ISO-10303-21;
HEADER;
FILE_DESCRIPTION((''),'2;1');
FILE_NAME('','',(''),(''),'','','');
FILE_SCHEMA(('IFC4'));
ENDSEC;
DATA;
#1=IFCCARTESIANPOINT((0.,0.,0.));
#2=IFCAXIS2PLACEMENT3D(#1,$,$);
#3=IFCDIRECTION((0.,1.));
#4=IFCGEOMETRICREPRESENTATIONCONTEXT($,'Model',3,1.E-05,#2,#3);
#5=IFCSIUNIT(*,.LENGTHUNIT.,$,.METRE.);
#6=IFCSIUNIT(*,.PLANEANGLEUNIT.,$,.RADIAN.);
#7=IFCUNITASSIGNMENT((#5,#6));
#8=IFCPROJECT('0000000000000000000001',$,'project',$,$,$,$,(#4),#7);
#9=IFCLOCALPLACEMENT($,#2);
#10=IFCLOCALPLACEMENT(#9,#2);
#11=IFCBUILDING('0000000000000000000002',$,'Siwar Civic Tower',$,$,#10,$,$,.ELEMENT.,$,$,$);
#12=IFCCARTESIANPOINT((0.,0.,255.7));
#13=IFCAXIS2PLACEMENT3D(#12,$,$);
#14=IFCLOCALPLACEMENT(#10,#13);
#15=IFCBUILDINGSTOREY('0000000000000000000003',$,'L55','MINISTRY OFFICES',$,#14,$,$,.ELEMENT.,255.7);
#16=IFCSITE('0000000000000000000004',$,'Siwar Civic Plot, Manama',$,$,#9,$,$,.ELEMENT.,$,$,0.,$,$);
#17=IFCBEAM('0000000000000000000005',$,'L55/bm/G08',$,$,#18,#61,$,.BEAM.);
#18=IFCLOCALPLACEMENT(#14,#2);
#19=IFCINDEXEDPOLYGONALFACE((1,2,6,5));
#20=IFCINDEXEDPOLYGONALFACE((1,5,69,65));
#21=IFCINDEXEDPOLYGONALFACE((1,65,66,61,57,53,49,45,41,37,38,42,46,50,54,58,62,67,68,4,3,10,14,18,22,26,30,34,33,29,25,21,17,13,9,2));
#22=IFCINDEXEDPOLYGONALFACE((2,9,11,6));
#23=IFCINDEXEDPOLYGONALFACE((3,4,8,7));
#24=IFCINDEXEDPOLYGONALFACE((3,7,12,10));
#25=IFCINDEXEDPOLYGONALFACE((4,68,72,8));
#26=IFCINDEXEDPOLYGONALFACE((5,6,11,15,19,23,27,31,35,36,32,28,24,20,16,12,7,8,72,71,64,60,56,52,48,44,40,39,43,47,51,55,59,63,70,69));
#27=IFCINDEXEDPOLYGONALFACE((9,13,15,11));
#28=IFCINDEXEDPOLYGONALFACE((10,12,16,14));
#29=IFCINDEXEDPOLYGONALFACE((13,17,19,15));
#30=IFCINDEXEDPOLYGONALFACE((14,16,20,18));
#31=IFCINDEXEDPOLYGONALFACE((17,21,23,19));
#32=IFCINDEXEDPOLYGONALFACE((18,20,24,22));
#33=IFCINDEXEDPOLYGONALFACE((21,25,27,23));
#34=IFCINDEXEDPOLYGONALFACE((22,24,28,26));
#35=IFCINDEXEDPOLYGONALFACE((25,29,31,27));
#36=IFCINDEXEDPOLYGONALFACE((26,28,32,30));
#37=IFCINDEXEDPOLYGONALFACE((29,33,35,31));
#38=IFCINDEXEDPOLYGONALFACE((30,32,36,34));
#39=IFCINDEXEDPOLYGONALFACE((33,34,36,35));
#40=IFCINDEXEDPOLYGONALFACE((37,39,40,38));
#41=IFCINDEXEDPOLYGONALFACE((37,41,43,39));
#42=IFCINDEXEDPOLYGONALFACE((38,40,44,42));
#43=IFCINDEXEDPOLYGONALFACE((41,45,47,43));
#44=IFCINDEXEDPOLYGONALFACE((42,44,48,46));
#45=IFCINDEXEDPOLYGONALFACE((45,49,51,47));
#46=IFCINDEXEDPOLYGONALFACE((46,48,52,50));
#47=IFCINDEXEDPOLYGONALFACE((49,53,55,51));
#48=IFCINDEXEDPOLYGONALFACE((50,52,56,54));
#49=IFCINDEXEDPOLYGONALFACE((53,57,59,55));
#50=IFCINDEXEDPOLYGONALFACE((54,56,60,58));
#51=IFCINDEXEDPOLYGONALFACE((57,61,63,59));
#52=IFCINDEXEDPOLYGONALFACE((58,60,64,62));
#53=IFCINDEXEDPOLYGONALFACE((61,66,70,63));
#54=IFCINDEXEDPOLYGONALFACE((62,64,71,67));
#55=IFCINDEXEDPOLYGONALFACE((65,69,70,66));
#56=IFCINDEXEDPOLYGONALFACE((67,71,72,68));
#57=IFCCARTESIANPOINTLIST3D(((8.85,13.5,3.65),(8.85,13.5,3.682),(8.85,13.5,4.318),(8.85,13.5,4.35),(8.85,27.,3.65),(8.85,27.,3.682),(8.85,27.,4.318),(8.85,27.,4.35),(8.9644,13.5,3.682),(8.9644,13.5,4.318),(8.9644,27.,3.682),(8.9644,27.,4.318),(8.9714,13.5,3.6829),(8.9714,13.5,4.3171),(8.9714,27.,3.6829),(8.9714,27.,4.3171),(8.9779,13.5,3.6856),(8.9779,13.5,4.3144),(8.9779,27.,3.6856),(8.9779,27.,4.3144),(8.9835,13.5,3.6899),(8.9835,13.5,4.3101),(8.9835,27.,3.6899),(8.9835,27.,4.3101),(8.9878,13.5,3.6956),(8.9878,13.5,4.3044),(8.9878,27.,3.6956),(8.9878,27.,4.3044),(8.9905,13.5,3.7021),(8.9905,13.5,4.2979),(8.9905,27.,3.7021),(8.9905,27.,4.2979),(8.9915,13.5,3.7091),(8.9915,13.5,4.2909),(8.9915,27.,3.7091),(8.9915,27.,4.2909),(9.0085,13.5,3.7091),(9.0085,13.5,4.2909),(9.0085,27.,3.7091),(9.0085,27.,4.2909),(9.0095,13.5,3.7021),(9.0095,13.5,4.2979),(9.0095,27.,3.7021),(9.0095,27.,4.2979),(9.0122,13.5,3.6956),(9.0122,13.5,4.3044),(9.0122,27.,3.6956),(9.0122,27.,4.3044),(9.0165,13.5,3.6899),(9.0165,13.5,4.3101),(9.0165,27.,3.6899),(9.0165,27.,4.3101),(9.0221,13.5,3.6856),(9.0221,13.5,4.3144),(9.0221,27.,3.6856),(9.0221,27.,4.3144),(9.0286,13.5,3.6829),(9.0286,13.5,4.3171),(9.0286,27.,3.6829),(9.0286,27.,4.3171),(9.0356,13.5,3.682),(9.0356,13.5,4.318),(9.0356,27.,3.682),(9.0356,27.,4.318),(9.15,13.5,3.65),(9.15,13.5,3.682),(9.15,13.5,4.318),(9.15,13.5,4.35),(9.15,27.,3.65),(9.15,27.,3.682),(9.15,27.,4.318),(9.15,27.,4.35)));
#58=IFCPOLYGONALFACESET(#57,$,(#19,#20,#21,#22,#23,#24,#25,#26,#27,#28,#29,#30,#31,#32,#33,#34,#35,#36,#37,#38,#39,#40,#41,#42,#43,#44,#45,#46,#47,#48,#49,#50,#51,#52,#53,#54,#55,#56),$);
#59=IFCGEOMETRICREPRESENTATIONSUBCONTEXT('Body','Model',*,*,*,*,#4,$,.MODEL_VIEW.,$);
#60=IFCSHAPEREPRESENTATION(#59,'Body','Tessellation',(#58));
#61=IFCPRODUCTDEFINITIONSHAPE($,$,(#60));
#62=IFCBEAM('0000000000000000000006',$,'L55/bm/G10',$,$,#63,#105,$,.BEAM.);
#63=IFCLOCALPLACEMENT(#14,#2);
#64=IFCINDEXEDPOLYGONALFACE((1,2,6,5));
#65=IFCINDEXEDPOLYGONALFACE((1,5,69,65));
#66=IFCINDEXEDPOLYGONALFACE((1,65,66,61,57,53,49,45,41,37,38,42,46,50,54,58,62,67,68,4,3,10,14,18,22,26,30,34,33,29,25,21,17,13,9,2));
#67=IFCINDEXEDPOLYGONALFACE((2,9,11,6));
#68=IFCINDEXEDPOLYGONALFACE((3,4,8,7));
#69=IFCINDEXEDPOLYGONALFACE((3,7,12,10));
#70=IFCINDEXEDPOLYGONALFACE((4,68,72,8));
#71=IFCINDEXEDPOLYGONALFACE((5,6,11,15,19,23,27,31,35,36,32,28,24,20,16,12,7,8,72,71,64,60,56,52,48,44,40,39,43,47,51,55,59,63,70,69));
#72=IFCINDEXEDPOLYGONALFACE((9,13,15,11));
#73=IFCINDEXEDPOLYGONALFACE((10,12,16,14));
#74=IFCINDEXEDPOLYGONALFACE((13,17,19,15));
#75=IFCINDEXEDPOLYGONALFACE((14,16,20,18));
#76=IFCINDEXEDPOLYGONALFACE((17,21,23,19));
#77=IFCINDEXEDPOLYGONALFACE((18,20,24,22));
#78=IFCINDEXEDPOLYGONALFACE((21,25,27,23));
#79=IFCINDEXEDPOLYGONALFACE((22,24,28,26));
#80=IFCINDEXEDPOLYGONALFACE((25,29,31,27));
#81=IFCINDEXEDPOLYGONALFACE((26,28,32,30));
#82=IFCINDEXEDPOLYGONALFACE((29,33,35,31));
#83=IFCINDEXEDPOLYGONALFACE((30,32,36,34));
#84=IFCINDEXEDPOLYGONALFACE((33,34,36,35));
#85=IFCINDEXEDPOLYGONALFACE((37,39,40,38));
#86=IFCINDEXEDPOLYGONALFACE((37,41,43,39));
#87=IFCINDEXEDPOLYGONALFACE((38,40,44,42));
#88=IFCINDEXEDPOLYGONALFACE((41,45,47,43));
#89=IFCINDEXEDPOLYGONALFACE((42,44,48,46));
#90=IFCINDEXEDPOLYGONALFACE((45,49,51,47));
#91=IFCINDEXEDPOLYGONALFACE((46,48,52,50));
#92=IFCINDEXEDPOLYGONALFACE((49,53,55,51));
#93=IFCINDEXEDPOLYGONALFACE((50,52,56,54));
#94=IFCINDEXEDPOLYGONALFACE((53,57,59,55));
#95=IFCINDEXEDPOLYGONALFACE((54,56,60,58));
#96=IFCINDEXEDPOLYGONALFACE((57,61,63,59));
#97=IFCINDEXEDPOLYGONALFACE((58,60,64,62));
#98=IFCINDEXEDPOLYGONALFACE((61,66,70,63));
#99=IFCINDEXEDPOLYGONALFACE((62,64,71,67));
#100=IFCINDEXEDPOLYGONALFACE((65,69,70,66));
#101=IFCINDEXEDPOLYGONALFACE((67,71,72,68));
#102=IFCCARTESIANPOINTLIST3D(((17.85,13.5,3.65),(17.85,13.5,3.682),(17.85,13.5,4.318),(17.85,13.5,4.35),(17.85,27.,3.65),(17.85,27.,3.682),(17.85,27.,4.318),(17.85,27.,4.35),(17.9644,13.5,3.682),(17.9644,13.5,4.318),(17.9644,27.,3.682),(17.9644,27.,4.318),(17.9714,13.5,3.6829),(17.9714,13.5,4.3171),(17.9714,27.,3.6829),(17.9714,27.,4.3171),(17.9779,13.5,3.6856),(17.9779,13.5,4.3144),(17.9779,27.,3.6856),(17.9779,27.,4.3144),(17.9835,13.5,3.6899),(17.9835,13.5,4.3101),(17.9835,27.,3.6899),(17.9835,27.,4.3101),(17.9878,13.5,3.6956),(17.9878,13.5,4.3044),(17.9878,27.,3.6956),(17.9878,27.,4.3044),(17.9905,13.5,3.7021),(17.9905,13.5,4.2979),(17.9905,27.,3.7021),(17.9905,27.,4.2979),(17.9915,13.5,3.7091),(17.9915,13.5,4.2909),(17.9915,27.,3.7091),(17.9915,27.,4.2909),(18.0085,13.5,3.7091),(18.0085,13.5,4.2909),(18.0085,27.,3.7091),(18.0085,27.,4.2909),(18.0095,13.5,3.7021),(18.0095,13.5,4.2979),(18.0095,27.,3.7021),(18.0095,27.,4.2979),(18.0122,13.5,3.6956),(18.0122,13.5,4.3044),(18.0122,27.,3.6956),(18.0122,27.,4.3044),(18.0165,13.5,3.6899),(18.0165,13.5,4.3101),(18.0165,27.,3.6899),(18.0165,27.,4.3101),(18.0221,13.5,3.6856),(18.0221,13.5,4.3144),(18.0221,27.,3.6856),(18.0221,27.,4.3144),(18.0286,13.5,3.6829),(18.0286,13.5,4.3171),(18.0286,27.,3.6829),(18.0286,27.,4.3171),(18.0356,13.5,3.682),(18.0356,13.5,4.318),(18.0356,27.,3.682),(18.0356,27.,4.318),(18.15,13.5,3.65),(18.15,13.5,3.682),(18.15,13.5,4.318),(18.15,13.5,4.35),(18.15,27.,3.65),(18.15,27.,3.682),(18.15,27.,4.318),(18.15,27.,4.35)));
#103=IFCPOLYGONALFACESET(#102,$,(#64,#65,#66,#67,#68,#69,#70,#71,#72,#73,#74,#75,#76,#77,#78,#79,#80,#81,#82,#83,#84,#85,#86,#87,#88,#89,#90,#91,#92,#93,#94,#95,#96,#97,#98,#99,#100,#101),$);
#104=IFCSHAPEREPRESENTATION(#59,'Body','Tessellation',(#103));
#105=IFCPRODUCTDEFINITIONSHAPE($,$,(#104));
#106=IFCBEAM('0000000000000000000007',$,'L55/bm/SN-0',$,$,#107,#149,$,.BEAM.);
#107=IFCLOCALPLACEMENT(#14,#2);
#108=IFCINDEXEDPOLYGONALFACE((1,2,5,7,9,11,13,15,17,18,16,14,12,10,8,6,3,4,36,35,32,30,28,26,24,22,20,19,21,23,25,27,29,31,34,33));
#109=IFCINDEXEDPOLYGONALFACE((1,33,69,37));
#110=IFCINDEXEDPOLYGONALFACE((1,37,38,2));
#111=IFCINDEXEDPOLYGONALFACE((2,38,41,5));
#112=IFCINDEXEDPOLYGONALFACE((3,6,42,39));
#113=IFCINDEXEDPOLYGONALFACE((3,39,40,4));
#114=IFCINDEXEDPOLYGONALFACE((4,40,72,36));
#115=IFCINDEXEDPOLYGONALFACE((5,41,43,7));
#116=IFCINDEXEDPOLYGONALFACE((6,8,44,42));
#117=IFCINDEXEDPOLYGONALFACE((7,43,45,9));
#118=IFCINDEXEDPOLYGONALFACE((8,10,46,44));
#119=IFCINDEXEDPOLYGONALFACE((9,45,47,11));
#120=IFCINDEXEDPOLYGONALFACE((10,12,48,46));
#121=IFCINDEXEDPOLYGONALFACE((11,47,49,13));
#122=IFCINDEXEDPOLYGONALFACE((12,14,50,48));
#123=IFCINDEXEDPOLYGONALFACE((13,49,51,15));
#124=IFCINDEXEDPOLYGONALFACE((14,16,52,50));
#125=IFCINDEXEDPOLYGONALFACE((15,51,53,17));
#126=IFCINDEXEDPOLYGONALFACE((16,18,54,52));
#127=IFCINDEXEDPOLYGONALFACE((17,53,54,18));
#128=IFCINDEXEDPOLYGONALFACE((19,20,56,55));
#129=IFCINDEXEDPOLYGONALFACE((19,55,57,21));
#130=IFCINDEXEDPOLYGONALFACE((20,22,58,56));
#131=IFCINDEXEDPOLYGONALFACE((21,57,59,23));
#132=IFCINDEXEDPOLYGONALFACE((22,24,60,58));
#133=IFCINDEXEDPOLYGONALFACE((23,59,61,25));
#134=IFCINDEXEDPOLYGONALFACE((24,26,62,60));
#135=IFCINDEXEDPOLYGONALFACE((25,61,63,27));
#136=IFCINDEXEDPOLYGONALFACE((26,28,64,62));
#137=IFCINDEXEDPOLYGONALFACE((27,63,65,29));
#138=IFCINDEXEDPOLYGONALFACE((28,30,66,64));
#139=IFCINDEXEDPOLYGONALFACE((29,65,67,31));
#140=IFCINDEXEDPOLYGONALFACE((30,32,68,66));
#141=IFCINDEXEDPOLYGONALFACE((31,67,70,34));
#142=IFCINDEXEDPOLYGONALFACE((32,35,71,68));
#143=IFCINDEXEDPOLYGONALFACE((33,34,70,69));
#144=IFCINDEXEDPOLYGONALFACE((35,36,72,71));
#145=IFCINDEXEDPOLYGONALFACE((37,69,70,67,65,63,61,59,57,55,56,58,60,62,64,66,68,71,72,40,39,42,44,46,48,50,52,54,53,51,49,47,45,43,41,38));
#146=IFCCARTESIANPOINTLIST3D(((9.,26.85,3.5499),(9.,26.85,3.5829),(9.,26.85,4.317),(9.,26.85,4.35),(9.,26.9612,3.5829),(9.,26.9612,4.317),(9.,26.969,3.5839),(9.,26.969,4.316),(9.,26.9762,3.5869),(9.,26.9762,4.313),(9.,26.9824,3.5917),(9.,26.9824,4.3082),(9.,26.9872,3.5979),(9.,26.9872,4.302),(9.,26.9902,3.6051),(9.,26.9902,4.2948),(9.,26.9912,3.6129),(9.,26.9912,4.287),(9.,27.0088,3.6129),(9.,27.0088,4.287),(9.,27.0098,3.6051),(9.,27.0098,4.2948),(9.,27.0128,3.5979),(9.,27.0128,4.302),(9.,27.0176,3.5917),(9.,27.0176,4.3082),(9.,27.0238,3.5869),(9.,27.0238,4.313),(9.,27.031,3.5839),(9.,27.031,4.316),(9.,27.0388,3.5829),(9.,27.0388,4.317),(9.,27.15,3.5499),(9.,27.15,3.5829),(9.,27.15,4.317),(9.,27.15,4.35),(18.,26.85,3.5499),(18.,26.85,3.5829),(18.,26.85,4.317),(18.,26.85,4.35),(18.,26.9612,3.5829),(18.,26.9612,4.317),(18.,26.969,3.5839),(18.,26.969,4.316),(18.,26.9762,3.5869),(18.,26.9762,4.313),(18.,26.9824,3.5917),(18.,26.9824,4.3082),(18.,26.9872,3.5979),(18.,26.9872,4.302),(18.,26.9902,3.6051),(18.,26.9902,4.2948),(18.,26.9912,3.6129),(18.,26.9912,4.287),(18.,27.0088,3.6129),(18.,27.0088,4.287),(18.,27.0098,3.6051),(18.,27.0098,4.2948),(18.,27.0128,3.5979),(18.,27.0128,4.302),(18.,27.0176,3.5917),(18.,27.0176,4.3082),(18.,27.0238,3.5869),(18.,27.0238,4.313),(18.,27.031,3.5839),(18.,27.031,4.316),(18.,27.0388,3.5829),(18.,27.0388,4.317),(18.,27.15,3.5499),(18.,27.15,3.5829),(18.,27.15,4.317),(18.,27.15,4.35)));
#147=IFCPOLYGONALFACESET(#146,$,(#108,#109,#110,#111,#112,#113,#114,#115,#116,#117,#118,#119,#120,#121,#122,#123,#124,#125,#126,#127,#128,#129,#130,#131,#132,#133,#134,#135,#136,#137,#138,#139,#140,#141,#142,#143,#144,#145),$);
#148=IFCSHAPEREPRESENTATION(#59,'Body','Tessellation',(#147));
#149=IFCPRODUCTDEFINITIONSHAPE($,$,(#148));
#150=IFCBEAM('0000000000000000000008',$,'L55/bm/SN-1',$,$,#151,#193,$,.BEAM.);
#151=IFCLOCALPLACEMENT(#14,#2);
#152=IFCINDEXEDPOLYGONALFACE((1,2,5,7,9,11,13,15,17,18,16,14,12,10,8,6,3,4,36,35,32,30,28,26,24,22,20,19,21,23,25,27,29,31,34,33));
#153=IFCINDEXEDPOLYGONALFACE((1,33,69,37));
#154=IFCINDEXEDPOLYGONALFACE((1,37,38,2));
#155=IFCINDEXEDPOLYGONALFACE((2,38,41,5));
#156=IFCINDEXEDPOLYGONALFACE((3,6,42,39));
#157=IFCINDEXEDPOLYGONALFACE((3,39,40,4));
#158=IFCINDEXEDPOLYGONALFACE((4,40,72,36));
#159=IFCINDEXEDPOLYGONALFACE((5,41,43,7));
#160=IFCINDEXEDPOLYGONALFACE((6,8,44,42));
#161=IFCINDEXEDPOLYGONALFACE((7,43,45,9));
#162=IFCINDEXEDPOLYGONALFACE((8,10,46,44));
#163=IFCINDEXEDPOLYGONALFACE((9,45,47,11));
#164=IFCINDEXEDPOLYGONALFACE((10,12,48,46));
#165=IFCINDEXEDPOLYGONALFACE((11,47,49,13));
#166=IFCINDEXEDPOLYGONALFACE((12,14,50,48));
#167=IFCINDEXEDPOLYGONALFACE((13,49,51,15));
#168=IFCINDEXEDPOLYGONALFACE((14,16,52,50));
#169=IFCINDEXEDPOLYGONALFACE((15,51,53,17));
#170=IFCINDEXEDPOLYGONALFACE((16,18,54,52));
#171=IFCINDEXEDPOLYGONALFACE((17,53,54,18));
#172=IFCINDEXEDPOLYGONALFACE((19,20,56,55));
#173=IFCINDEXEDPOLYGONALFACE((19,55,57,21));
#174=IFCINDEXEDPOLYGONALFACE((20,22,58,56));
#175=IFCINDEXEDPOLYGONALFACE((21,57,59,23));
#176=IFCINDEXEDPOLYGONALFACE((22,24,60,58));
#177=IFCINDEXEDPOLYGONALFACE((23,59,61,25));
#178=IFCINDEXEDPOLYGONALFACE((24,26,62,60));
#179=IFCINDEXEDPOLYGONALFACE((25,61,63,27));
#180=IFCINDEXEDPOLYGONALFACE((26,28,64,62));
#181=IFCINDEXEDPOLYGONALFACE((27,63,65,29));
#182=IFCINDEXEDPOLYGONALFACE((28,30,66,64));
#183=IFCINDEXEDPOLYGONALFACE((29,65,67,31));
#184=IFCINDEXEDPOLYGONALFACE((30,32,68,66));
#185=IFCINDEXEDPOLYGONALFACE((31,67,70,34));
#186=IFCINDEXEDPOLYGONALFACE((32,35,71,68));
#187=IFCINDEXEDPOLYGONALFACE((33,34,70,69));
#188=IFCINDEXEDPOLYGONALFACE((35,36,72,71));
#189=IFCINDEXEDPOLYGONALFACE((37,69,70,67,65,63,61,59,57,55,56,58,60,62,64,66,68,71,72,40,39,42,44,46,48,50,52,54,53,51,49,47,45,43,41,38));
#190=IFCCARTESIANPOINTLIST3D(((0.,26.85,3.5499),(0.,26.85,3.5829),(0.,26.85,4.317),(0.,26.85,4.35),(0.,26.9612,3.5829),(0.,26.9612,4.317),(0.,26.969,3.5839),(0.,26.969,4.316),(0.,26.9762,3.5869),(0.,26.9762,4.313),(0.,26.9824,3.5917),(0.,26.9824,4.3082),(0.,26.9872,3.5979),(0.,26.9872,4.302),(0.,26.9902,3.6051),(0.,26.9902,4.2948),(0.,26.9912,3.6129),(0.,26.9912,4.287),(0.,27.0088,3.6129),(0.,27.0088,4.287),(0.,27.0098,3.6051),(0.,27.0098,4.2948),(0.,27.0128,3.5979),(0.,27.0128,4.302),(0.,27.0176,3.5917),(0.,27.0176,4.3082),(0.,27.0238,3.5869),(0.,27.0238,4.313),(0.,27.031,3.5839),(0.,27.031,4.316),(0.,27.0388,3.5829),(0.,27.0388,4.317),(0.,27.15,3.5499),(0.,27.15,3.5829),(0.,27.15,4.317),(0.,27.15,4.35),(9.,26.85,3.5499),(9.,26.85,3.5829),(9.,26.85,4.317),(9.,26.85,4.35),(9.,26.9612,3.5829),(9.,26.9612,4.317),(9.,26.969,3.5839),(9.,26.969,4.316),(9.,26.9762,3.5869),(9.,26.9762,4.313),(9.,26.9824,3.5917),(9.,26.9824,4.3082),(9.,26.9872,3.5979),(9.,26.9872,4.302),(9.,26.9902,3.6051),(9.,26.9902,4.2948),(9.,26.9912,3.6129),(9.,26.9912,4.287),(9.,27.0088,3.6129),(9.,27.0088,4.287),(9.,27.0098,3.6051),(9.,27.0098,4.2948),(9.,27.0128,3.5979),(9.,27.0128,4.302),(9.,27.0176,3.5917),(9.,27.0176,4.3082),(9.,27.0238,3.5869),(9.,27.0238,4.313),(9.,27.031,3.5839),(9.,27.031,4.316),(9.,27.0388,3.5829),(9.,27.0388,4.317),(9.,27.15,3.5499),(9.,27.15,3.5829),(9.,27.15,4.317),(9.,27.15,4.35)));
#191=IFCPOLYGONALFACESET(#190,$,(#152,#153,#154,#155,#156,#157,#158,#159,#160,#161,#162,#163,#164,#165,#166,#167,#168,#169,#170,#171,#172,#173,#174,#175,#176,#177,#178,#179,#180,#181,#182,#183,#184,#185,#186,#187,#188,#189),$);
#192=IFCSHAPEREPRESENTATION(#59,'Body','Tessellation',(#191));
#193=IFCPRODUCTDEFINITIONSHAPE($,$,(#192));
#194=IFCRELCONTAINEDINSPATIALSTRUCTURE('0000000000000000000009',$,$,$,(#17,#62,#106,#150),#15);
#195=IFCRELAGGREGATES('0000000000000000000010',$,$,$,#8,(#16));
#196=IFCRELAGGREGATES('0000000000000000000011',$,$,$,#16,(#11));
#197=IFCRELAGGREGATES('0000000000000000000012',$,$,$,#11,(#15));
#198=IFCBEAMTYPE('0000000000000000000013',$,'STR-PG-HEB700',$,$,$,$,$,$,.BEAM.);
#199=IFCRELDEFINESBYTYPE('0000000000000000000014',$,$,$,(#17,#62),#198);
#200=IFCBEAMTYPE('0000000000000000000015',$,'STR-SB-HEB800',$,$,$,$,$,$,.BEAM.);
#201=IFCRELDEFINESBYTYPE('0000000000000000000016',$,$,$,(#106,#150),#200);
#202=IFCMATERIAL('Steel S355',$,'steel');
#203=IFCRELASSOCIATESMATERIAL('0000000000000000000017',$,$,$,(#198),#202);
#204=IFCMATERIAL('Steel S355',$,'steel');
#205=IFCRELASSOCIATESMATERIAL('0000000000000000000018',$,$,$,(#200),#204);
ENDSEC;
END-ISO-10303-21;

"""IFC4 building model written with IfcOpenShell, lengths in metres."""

from ifc_helpers import new_model, si_unit, direction, frame, origin, origin_2d, place, context, subcontext, project, spatial, i_section, extrude, material, material_profile, profile_set, type_object, element, save


model = new_model("IFC4")

# Units and contexts
model_context = context("Model", 3, precision=1e-05, world=origin(), true_north=direction((0.0, 1.0)))
body_context = subcontext(model_context, "Body", "Model", "MODEL_VIEW")
ifc_project = project(units=[si_unit("LENGTHUNIT", "METRE"), si_unit("PLANEANGLEUNIT", "RADIAN")], contexts=[model_context])

# Site, building, storey
site_placement = place(None, origin())
site = spatial("IfcSite", under=ifc_project, at=site_placement, Name="Siwar Civic Plot, Manama", CompositionType="ELEMENT", RefElevation=0.0)
building_placement = place(site_placement, origin())
building = spatial("IfcBuilding", under=site, at=building_placement, Name="Siwar Civic Tower", CompositionType="ELEMENT")
storey_placement = place(building_placement, frame((0.0, 0.0, 255.7)))
storey = spatial("IfcBuildingStorey", under=building, at=storey_placement, Name="L55", Description="MINISTRY OFFICES", CompositionType="ELEMENT", Elevation=255.7)

# Beams
ifc_material_1 = material(Name="Steel S355", Category="steel")
ifc_material_profile_1 = material_profile(ifc_material_1, i_section(OverallWidth=0.3, OverallDepth=0.7, WebThickness=0.0171, FlangeThickness=0.032, FilletRadius=0.0271, at=origin_2d()), Name="HEB700")
ifc_profile_set_1 = profile_set([ifc_material_profile_1], Name="Steel S355")
beam_type_1 = type_object("IfcBeamType", Name="STR-PG-HEB700", PredefinedType="BEAM", material=ifc_profile_set_1)
for number, where, z_axis, x_axis, name in (
    (1, (9.0, 13.5, 4.0), (0.0, 1.0, 0.0), (-1.0, 0.0, 0.0), "L55/bm/G08"),
    (2, (18.0, 13.5, 4.0), (0.0, 1.0, 0.0), (-1.0, 0.0, 0.0), "L55/bm/G10"),
):
    element("IfcBeam", number, at=place(storey_placement, frame(where, z_axis=z_axis, x_axis=x_axis)), inside=storey, type_object=beam_type_1, Name=name, PredefinedType="BEAM", context=body_context, shape_type="SweptSolid", body=[
        extrude(i_section(OverallWidth=0.3, OverallDepth=0.7, WebThickness=0.0171, FlangeThickness=0.032, FilletRadius=0.0271, at=origin_2d()), origin(), (0.0, 0.0, 1.0), 13.5),
    ])
ifc_material_2 = material(Name="Steel S355", Category="steel")
ifc_material_profile_2 = material_profile(ifc_material_2, i_section(OverallWidth=0.3, OverallDepth=0.8, WebThickness=0.0176, FlangeThickness=0.033, FilletRadius=0.03, at=origin_2d()), Name="HEB800")
ifc_profile_set_2 = profile_set([ifc_material_profile_2], Name="Steel S355")
beam_type_2 = type_object("IfcBeamType", Name="STR-SB-HEB800", PredefinedType="BEAM", material=ifc_profile_set_2)
for number, where, z_axis, x_axis, name in (
    (3, (18.0, 27.0, 3.95), (-1.0, 0.0, 0.0), (0.0, -1.0, 0.0), "L55/bm/SN-0"),
    (4, (9.0, 27.0, 3.95), (-1.0, 0.0, 0.0), (0.0, -1.0, 0.0), "L55/bm/SN-1"),
):
    element("IfcBeam", number, at=place(storey_placement, frame(where, z_axis=z_axis, x_axis=x_axis)), inside=storey, type_object=beam_type_2, Name=name, PredefinedType="BEAM", context=body_context, shape_type="SweptSolid", body=[
        extrude(i_section(OverallWidth=0.3, OverallDepth=0.8, WebThickness=0.0176, FlangeThickness=0.033, FilletRadius=0.03, at=origin_2d()), origin(), (0.0, 0.0, 1.0), 9.0),
    ])

save(model, "model.ifc")
